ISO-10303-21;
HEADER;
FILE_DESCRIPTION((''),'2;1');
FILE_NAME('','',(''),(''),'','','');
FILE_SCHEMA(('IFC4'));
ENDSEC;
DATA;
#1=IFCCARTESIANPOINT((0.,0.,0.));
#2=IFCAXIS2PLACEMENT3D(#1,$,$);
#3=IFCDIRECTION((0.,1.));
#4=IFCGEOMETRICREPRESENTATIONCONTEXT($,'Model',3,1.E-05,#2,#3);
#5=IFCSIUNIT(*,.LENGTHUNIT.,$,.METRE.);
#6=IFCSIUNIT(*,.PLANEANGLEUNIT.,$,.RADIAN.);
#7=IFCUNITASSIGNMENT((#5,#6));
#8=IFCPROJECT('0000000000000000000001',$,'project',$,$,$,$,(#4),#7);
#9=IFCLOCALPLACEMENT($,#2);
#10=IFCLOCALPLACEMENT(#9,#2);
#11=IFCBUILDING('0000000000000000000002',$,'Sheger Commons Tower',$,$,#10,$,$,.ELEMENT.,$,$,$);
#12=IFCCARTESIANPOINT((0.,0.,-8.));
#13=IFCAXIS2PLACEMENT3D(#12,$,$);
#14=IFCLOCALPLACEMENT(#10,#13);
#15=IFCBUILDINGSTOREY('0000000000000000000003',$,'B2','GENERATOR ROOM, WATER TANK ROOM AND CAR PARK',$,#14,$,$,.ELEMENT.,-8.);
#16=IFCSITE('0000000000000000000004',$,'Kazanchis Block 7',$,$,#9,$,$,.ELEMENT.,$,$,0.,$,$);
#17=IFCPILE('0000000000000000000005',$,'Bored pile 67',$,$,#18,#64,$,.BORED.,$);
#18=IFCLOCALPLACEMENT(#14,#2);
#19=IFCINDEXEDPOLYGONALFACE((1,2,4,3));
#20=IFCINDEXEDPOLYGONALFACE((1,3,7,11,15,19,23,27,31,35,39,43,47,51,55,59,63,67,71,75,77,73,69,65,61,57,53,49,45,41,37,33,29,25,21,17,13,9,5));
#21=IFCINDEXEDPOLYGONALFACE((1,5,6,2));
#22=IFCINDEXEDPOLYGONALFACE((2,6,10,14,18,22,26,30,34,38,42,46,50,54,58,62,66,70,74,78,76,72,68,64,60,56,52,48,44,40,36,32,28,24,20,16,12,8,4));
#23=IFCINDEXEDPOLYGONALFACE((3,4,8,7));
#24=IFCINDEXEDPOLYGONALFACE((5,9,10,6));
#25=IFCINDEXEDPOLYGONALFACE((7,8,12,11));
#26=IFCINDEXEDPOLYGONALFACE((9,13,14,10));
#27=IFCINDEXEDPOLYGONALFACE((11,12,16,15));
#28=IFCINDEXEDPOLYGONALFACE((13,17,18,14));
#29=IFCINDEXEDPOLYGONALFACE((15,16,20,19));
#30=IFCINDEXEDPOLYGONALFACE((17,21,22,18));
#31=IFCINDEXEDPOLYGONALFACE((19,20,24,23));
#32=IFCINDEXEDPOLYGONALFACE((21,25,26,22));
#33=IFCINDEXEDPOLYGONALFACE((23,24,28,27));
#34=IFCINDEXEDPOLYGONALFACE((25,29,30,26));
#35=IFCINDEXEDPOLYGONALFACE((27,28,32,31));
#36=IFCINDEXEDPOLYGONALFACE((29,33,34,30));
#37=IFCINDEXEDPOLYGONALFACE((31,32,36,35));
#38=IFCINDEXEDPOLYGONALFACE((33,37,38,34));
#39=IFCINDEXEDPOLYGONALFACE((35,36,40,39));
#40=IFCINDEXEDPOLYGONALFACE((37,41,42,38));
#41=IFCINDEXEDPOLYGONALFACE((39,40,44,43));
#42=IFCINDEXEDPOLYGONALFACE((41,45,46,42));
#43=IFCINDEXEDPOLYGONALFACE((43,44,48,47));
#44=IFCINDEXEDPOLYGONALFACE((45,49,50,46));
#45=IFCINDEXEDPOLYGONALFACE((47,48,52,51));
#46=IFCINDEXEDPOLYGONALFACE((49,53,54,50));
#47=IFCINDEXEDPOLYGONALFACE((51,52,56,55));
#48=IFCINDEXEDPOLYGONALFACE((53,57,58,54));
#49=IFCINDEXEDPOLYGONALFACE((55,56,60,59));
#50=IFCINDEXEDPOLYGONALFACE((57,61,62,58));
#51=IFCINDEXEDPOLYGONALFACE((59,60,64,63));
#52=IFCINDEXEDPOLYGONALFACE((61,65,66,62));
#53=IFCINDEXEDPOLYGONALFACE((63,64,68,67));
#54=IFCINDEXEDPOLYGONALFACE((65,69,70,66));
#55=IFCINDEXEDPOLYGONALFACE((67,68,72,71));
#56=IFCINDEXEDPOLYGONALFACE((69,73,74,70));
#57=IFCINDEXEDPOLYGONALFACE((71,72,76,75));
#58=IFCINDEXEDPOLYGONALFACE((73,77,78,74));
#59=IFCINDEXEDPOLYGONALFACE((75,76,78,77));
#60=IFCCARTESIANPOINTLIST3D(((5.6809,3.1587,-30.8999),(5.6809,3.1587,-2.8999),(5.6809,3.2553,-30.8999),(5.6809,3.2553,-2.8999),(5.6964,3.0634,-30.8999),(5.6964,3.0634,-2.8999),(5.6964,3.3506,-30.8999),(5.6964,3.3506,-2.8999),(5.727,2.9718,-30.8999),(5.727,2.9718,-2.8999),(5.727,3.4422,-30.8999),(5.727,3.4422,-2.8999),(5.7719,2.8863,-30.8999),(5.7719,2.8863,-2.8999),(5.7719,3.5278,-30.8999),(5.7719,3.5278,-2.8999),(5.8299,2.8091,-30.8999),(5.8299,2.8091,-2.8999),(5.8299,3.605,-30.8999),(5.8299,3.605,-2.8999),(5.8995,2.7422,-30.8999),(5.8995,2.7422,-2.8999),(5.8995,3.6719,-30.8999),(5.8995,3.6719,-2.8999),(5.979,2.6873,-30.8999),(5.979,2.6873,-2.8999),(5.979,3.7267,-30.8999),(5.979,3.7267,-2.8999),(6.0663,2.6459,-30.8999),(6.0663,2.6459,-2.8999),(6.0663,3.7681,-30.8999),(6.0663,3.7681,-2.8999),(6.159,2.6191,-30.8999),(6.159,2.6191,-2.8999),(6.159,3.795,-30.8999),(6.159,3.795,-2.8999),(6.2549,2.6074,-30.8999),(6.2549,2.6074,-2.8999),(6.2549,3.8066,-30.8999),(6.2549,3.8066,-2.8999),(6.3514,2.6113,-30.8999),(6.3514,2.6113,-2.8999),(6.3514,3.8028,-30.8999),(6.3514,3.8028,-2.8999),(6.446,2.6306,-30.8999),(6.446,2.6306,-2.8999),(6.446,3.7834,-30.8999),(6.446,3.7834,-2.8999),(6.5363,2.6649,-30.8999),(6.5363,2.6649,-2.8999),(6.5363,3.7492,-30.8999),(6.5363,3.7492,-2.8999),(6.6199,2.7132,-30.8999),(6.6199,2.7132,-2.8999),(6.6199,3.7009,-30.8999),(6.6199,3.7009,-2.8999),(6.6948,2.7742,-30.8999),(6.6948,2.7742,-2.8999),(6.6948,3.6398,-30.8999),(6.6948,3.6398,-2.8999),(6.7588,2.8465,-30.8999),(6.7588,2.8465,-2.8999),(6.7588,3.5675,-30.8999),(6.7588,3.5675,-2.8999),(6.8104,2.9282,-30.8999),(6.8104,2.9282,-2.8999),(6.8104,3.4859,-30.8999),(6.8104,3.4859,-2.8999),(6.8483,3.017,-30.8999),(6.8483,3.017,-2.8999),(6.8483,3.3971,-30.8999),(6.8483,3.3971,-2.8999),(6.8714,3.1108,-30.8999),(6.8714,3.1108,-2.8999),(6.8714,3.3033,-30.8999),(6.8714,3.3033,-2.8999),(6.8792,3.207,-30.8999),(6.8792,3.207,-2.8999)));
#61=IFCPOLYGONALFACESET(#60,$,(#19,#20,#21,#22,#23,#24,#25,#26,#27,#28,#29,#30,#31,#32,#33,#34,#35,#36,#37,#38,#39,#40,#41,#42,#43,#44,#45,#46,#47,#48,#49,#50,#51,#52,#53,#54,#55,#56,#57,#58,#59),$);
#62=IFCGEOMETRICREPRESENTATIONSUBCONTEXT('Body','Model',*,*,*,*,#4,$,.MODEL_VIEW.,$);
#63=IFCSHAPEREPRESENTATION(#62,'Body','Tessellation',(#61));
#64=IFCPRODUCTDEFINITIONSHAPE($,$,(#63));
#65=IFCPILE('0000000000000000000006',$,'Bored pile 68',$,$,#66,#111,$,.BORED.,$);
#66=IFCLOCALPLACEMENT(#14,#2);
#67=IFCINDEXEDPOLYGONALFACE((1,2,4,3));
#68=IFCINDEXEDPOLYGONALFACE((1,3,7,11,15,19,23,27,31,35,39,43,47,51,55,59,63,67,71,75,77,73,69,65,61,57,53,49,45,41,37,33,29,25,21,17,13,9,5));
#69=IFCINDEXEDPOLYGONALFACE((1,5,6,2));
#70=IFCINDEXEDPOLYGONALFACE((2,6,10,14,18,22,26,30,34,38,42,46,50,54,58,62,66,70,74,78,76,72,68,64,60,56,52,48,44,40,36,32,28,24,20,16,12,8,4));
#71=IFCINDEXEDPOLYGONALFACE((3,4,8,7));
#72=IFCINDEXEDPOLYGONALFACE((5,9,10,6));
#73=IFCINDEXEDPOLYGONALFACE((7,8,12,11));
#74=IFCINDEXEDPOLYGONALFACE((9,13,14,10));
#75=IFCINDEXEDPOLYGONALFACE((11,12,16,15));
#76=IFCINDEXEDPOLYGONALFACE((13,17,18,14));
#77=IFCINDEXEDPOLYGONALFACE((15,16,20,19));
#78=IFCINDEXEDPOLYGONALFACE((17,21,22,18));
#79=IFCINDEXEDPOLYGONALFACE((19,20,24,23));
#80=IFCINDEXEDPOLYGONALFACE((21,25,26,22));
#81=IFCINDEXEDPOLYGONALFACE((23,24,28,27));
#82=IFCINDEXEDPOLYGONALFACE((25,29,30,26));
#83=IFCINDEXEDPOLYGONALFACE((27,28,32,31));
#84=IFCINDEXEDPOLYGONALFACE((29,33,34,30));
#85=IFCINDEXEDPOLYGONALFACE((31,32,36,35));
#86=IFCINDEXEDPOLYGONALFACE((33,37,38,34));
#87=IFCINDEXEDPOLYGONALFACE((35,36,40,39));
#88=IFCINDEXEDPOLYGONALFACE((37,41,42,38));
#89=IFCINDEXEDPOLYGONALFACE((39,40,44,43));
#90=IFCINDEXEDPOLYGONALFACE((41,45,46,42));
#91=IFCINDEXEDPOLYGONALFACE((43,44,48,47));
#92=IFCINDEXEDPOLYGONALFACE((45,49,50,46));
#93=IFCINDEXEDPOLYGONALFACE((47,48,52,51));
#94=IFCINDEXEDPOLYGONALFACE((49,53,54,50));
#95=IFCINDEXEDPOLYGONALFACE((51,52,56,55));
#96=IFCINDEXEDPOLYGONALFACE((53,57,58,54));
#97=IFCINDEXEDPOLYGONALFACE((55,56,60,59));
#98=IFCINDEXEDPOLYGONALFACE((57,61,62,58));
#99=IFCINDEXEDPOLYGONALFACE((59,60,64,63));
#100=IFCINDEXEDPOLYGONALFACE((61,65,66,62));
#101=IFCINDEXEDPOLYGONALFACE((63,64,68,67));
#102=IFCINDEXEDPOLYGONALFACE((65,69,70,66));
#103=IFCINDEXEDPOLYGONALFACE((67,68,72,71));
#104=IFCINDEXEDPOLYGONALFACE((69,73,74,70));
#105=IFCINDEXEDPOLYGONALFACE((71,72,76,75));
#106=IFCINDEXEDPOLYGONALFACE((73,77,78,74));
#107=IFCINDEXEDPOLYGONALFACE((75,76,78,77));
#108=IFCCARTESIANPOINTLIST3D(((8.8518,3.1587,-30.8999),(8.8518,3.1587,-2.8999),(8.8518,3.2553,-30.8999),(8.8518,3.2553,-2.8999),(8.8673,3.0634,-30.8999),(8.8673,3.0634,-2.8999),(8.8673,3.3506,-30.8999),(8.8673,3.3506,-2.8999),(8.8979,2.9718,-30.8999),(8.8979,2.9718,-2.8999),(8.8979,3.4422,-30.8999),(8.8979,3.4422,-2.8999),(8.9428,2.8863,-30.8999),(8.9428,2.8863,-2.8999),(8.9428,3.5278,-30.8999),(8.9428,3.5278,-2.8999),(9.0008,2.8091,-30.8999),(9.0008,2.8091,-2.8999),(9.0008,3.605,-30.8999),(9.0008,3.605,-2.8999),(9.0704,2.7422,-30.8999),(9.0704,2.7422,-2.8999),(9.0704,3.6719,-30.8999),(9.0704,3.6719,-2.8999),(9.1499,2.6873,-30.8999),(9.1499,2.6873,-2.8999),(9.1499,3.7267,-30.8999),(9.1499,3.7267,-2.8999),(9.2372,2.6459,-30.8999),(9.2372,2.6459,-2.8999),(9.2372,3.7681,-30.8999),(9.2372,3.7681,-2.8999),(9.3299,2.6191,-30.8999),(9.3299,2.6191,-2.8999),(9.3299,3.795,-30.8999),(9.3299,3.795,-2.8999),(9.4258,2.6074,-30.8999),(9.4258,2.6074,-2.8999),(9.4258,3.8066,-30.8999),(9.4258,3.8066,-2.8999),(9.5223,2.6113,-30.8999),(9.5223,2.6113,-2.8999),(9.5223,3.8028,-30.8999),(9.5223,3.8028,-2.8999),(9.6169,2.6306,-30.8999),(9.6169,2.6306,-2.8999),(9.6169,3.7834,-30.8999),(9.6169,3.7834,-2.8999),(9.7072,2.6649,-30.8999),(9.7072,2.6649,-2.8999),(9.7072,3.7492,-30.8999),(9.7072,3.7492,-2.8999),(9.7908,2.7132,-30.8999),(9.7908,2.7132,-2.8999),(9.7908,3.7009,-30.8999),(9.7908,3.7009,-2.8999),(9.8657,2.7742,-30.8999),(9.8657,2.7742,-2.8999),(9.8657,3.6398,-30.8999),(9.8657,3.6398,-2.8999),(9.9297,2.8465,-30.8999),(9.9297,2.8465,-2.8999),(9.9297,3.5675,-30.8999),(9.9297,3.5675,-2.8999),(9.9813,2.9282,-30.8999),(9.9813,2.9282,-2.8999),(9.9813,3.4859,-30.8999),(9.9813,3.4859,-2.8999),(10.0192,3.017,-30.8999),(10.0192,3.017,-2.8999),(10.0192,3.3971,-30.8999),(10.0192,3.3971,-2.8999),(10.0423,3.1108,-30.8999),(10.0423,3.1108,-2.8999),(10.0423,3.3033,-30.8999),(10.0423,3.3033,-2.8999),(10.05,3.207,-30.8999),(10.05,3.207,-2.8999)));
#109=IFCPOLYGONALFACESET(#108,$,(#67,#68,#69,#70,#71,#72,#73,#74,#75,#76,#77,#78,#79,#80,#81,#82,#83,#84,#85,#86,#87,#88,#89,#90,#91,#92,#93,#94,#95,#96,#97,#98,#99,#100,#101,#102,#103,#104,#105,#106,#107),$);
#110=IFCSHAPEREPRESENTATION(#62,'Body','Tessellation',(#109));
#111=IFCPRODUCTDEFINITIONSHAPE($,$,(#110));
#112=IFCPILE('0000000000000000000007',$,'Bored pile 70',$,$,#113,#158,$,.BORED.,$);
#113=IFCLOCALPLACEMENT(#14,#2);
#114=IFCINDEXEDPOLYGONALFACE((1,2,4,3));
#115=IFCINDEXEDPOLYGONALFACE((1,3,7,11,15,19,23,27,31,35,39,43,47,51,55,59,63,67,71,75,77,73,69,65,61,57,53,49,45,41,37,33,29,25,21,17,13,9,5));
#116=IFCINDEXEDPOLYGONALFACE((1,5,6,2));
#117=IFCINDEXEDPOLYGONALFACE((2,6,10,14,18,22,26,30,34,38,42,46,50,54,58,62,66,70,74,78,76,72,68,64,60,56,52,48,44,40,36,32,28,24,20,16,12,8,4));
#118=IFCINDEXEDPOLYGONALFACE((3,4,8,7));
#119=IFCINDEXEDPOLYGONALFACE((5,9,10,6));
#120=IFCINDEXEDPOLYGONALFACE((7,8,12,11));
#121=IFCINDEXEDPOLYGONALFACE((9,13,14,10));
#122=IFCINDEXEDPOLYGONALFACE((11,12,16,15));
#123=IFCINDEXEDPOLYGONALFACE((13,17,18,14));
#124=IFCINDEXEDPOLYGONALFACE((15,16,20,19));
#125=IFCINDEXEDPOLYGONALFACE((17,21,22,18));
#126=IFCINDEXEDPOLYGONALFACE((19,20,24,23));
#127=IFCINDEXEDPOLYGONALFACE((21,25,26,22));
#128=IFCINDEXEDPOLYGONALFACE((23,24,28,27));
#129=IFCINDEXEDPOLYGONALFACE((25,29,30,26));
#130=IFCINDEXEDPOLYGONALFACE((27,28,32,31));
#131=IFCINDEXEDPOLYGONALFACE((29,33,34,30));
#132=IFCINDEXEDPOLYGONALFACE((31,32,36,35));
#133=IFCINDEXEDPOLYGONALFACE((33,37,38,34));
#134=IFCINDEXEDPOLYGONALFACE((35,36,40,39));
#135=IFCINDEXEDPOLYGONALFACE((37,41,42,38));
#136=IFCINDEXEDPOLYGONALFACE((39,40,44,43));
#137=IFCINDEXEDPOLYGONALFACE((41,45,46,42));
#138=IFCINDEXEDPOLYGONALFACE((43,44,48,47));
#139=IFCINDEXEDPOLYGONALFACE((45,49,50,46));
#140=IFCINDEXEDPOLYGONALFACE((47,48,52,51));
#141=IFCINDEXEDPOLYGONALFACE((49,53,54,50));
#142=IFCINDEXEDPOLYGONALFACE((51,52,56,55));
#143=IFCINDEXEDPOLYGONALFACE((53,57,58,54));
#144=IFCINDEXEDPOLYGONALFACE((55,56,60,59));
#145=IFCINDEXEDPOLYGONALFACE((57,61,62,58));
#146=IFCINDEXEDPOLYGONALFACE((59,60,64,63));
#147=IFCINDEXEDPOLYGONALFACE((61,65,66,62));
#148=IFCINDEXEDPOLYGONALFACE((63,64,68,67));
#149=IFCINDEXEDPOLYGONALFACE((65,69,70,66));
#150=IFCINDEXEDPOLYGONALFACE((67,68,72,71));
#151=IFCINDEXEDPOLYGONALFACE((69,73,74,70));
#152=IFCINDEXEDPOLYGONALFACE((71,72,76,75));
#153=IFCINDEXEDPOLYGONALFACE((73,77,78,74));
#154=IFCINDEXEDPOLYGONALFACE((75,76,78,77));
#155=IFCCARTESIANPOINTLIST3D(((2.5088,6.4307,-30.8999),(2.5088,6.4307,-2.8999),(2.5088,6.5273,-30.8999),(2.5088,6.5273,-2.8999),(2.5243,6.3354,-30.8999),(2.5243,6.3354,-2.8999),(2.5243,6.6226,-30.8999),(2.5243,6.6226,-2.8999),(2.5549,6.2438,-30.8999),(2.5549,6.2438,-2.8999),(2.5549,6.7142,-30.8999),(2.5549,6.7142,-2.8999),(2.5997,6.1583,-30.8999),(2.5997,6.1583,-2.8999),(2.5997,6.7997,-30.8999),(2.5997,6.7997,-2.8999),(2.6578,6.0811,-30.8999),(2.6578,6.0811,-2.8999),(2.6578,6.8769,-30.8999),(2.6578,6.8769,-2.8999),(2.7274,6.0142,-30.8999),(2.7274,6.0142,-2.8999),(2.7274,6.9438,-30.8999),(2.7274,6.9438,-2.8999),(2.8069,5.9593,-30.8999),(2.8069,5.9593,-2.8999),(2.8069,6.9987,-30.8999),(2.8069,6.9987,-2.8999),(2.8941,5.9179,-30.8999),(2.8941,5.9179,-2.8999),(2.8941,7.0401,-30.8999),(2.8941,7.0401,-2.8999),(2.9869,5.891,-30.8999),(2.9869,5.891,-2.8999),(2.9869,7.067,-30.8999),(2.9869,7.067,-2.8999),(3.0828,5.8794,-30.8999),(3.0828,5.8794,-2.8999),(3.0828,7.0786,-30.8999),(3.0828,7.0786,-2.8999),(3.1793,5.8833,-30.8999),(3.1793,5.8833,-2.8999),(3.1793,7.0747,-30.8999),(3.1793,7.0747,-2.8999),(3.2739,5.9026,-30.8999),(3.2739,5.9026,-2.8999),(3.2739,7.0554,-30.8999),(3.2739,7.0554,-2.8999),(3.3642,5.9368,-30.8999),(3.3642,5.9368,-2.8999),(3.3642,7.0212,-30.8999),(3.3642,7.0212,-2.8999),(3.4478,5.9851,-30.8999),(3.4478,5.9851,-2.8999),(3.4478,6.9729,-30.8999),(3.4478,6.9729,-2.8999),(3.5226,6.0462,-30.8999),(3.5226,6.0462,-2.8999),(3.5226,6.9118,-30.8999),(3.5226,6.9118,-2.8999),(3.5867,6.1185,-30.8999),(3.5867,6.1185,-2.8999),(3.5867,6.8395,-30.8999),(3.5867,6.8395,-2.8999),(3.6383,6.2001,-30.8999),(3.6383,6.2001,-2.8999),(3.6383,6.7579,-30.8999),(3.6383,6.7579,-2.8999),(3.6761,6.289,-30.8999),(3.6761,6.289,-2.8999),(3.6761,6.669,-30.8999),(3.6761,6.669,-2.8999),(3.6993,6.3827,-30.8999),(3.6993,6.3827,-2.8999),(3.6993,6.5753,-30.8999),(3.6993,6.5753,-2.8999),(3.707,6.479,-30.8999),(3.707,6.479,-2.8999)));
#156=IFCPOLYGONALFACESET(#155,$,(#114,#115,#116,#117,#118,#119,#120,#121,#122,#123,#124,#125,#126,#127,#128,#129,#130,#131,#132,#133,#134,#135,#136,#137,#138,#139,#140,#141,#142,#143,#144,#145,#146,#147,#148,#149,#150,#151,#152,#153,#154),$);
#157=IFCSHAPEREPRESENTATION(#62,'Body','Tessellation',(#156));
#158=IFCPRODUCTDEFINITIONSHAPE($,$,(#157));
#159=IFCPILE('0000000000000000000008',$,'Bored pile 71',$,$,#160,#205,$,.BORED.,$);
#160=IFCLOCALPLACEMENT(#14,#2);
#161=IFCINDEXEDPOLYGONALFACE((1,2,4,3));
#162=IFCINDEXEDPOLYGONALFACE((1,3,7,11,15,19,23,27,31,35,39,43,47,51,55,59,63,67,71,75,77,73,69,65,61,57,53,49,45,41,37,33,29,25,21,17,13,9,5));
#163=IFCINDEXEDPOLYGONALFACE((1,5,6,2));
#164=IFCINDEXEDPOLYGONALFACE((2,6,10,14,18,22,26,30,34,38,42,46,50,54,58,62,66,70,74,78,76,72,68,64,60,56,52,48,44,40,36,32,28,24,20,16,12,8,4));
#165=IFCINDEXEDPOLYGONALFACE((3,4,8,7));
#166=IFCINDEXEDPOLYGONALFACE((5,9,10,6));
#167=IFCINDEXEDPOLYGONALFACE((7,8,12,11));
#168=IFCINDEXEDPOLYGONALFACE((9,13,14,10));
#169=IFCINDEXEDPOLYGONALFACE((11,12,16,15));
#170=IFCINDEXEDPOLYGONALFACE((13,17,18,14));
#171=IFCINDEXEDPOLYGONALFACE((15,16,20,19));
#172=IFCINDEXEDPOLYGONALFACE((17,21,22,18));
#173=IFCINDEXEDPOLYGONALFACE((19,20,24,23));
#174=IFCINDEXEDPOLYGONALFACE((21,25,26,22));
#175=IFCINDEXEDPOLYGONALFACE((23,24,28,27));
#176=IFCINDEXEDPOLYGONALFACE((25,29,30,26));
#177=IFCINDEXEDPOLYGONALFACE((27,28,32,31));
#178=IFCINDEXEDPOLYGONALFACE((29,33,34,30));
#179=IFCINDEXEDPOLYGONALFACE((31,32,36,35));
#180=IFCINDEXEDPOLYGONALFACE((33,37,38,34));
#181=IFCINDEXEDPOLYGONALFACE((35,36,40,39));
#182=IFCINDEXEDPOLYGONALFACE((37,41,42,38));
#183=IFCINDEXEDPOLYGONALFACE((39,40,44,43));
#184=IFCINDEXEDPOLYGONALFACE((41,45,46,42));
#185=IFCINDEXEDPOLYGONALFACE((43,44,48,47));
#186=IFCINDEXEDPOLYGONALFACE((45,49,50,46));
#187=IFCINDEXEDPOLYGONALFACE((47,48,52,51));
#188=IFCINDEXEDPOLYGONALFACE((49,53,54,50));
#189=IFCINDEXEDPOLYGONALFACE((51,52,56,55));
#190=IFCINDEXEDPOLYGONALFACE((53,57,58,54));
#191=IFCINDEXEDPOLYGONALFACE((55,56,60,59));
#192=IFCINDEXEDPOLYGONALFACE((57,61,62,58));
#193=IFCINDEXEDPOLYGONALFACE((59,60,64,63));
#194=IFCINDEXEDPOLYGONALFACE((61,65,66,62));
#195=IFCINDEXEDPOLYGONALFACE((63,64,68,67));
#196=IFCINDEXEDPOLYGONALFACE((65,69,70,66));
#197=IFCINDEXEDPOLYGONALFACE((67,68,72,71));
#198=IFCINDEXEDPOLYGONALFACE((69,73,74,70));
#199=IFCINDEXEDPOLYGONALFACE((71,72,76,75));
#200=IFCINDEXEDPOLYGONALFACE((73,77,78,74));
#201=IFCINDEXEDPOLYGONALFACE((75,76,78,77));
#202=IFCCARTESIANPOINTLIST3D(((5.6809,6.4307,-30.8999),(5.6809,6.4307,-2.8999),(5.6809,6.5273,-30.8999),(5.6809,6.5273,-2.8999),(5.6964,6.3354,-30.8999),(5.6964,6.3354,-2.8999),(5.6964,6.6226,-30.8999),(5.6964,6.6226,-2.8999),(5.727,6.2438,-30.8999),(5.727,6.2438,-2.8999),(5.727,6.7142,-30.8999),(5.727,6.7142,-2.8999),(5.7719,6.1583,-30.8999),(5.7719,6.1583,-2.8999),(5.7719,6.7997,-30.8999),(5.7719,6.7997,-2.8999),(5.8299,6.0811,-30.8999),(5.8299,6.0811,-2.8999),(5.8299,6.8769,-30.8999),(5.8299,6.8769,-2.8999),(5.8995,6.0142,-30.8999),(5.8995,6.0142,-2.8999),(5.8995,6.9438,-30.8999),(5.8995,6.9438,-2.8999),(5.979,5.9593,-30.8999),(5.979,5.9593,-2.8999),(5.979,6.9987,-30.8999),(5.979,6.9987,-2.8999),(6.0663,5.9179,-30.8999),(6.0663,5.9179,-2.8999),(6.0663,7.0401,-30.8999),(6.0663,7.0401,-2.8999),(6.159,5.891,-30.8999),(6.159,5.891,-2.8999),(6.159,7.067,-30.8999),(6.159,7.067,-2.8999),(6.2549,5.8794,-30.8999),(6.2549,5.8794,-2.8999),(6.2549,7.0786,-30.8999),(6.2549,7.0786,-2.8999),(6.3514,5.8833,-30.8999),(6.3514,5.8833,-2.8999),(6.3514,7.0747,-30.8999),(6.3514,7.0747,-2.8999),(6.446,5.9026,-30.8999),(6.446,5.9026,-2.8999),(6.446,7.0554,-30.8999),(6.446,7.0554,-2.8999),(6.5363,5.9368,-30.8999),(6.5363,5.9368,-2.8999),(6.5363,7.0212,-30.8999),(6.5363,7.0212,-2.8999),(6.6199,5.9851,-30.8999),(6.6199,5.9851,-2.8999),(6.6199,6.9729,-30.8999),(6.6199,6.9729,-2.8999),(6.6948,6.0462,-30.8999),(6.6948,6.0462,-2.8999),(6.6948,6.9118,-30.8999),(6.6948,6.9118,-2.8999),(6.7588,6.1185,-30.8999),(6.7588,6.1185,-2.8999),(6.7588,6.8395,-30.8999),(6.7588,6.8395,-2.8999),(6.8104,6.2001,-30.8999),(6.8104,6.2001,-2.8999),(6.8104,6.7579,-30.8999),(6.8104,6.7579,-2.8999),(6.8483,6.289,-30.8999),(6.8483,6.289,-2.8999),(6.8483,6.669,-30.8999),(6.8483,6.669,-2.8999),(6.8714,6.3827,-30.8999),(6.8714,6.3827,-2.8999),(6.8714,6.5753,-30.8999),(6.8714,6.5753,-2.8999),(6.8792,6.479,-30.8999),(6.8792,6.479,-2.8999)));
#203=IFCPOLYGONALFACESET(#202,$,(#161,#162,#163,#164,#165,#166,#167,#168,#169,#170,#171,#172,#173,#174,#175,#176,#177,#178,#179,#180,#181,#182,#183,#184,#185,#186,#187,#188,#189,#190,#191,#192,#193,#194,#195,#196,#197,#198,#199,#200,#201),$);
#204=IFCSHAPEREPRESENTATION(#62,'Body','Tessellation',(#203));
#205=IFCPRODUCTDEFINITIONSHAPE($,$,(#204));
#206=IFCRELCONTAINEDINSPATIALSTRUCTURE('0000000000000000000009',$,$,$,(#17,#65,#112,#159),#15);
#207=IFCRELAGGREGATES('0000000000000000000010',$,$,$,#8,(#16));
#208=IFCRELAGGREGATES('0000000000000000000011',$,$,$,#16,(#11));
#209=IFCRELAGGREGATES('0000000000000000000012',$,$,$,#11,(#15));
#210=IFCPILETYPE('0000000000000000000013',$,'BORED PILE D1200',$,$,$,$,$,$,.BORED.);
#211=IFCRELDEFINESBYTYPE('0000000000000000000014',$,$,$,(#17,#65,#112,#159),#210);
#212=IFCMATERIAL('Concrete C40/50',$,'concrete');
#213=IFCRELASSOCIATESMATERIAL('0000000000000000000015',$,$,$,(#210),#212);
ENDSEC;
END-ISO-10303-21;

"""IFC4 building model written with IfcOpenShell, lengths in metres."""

from ifc_helpers import new_model, si_unit, direction, frame, origin, origin_2d, place, context, subcontext, project, spatial, circle, extrude, material, material_profile, profile_set, type_object, element, save


model = new_model("IFC4")

# Units and contexts
model_context = context("Model", 3, precision=1e-05, world=origin(), true_north=direction((0.0, 1.0)))
body_context = subcontext(model_context, "Body", "Model", "MODEL_VIEW")
ifc_project = project(units=[si_unit("LENGTHUNIT", "METRE"), si_unit("PLANEANGLEUNIT", "RADIAN")], contexts=[model_context])

# Site, building, storey
site_placement = place(None, origin())
site = spatial("IfcSite", under=ifc_project, at=site_placement, Name="Kazanchis Block 7", CompositionType="ELEMENT", RefElevation=0.0)
building_placement = place(site_placement, origin())
building = spatial("IfcBuilding", under=site, at=building_placement, Name="Sheger Commons Tower", CompositionType="ELEMENT")
storey_placement = place(building_placement, frame((0.0, 0.0, -8.0)))
storey = spatial("IfcBuildingStorey", under=building, at=storey_placement, Name="B2", Description="GENERATOR ROOM, WATER TANK ROOM AND CAR PARK", CompositionType="ELEMENT", Elevation=-8.0)

# Piles
ifc_material_1 = material(Name="Concrete C40/50", Category="concrete")
ifc_material_profile_1 = material_profile(ifc_material_1, circle(Radius=0.6001, at=origin_2d()), Name="PILE D1200")
ifc_profile_set_1 = profile_set([ifc_material_profile_1], Name="Concrete C40/50")
pile_type_1 = type_object("IfcPileType", Name="BORED PILE D1200", PredefinedType="BORED", material=ifc_profile_set_1)
for number, where, z_axis, x_axis, name in (
    (1, (6.2791, 3.207, -2.8999), (0.0, 0.0, -1.0), (1.0, 0.0, 0.0), "Bored pile 67"),
    (2, (9.45, 3.207, -2.8999), (0.0, 0.0, -1.0), (1.0, 0.0, 0.0), "Bored pile 68"),
    (3, (3.1069, 6.479, -2.8999), (0.0, 0.0, -1.0), (1.0, 0.0, 0.0), "Bored pile 70"),
    (4, (6.2791, 6.479, -2.8999), (0.0, 0.0, -1.0), (1.0, 0.0, 0.0), "Bored pile 71"),
):
    element("IfcPile", number, at=place(storey_placement, frame(where, z_axis=z_axis, x_axis=x_axis)), inside=storey, type_object=pile_type_1, Name=name, PredefinedType="BORED", context=body_context, shape_type="SweptSolid", body=[
        extrude(circle(Radius=0.6001, at=origin_2d()), origin(), (0.0, 0.0, 1.0), 28.0),
    ])

save(model, "model.ifc")
